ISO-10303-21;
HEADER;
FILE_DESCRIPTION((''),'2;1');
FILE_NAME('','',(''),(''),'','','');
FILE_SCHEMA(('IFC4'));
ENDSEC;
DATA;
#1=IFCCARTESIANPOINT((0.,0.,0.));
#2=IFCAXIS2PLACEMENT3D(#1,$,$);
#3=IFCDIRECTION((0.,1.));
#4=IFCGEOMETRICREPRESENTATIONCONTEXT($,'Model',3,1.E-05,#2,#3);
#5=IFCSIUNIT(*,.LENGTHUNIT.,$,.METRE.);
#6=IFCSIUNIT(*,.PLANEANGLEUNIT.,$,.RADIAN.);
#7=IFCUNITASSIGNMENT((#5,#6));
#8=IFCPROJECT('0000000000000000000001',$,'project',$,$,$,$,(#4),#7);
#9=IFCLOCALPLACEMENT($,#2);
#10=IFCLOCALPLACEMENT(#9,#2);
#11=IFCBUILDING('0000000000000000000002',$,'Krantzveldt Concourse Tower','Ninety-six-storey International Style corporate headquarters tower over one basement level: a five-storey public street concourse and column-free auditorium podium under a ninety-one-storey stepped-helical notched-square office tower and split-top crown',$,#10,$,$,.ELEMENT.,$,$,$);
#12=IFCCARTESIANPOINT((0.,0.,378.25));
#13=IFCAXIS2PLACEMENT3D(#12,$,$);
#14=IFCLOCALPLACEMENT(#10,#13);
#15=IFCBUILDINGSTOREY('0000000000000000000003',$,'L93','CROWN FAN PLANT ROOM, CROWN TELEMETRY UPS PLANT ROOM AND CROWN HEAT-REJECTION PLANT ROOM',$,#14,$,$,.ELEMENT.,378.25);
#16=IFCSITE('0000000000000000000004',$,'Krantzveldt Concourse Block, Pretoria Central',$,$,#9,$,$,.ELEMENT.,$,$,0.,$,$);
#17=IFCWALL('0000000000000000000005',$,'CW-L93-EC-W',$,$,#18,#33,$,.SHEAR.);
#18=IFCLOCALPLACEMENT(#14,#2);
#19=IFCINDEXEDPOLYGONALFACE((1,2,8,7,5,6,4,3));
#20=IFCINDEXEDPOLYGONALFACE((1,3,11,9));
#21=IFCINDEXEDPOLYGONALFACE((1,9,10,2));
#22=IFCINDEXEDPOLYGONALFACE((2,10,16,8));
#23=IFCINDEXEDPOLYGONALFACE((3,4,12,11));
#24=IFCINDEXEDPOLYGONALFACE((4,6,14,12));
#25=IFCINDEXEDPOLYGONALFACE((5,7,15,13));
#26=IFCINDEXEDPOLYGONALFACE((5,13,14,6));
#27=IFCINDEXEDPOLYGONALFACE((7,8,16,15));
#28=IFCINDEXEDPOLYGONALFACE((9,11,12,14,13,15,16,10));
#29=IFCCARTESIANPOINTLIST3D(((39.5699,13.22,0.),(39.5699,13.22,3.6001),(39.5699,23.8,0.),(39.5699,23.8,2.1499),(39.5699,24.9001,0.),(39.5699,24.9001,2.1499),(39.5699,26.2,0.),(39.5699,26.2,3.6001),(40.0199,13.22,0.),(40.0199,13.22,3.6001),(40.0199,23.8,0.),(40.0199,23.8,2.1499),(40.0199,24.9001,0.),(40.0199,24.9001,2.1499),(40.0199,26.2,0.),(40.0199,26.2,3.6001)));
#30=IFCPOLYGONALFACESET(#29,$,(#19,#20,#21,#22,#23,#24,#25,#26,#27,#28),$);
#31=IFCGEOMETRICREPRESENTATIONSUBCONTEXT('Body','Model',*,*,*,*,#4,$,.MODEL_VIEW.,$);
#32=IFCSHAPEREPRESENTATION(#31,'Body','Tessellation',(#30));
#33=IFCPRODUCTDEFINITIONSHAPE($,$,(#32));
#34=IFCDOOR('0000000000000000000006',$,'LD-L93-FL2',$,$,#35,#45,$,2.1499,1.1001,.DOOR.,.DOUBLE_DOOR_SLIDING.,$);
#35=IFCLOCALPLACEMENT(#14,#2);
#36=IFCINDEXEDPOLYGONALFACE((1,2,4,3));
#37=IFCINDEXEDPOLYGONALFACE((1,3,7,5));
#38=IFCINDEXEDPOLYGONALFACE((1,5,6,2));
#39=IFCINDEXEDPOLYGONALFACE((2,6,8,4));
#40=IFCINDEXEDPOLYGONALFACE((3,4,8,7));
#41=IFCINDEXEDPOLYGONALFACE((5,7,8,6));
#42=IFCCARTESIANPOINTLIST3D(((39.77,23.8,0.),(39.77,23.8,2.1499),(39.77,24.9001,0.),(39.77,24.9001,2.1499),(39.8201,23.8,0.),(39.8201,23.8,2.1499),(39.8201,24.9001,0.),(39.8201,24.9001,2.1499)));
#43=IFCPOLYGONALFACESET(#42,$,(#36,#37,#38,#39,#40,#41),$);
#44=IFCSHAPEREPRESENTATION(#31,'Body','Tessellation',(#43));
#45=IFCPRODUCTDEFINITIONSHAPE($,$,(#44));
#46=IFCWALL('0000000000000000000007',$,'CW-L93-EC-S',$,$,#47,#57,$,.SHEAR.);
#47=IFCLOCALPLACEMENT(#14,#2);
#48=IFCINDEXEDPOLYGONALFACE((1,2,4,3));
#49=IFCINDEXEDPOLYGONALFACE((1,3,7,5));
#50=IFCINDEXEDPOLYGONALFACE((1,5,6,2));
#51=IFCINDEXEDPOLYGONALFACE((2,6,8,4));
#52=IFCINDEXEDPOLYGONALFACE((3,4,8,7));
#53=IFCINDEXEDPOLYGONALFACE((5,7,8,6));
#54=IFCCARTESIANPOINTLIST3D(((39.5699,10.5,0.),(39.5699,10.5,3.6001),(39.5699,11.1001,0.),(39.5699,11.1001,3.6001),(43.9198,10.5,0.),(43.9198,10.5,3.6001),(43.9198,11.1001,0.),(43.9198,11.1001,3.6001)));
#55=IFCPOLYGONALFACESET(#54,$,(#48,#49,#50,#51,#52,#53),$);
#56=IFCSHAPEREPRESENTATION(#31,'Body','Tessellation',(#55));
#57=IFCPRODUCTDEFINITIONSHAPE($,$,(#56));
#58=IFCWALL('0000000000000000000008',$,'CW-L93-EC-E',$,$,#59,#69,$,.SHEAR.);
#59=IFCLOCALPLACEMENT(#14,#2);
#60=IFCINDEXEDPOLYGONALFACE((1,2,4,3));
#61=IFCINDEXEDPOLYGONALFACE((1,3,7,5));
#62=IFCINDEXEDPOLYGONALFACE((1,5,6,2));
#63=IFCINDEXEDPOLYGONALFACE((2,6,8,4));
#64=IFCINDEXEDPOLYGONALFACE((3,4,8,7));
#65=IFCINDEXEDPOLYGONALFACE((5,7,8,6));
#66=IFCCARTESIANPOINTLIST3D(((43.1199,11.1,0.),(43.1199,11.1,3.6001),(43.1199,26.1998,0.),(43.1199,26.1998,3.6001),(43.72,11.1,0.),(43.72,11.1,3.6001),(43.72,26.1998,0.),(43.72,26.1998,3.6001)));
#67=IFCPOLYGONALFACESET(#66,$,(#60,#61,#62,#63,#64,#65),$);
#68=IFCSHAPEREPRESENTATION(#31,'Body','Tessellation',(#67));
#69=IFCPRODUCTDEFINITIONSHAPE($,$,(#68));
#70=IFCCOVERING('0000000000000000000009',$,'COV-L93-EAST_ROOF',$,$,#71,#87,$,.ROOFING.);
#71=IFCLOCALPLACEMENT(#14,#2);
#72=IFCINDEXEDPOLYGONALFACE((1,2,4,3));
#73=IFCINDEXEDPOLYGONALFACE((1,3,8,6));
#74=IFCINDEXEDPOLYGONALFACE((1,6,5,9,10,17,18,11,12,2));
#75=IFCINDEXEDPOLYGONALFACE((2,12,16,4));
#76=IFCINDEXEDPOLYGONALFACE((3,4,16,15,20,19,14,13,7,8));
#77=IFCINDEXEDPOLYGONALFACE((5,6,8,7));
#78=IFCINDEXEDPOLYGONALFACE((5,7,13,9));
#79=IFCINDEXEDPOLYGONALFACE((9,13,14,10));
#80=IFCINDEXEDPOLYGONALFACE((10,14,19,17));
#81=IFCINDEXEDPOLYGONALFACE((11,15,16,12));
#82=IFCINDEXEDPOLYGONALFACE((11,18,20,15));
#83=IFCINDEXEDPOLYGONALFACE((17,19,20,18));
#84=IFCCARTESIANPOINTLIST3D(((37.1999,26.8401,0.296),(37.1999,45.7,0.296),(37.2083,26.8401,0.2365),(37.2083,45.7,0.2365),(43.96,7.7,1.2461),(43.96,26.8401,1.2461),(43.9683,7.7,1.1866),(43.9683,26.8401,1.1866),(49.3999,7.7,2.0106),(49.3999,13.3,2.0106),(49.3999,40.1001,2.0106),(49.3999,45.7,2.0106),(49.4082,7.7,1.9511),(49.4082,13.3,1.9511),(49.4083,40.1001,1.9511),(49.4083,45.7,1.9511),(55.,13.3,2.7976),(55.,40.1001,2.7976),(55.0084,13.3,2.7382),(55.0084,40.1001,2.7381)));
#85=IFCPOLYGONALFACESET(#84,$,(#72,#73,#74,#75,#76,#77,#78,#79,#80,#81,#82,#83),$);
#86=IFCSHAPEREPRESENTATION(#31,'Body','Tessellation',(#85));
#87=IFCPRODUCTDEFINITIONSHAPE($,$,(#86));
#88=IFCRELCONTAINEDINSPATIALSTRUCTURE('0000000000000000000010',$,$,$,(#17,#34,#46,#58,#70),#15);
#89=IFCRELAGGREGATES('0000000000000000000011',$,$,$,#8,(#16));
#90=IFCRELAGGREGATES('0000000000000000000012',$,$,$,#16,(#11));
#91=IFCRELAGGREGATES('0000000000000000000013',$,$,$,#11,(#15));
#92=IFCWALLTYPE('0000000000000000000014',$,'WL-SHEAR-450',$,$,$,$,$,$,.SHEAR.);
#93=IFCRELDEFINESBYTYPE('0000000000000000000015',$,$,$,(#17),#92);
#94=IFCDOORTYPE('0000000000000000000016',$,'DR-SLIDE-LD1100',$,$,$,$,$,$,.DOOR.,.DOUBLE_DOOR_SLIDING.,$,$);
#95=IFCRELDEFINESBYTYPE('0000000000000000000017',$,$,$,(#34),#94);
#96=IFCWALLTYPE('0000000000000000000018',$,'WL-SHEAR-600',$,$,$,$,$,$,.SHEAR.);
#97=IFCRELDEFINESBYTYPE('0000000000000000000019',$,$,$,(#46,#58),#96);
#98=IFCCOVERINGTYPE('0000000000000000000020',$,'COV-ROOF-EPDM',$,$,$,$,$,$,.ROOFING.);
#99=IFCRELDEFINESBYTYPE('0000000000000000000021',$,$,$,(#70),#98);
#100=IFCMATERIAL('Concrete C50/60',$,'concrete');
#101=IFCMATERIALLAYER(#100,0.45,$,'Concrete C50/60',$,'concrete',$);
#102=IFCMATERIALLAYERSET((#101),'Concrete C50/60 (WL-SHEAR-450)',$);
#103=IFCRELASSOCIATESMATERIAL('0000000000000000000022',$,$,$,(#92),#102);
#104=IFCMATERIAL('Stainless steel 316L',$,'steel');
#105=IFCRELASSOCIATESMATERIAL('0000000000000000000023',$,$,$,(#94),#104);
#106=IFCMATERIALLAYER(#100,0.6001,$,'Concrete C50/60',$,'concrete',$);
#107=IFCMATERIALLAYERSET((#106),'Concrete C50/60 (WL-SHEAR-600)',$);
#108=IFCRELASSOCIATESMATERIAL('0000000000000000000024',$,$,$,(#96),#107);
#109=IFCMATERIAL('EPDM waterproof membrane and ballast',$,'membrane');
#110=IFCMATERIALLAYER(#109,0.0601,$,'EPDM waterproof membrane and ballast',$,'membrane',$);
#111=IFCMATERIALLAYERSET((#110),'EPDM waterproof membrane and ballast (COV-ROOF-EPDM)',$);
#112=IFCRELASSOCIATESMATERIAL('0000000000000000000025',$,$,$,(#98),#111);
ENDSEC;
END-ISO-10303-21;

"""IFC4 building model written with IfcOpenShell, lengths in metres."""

from ifc_helpers import new_model, si_unit, direction, frame, frame_2d, origin, place, context, subcontext, project, spatial, polyline, rectangle, outline, extrude, material, layer, layer_set, type_object, element, fill, save


model = new_model("IFC4")

# Units and contexts
model_context = context("Model", 3, precision=1e-05, world=origin(), true_north=direction((0.0, 1.0)))
body_context = subcontext(model_context, "Body", "Model", "MODEL_VIEW")
ifc_project = project(units=[si_unit("LENGTHUNIT", "METRE"), si_unit("PLANEANGLEUNIT", "RADIAN")], contexts=[model_context])

# Site, building, storey
site_placement = place(None, origin())
site = spatial("IfcSite", under=ifc_project, at=site_placement, Name="Krantzveldt Concourse Block, Pretoria Central", CompositionType="ELEMENT", RefElevation=0.0)
building_placement = place(site_placement, origin())
building = spatial("IfcBuilding", under=site, at=building_placement, Name="Krantzveldt Concourse Tower", Description="Ninety-six-storey International Style corporate headquarters tower over one basement level: a five-storey public street concourse and column-free auditorium podium under a ninety-one-storey stepped-helical notched-square office tower and split-top crown", CompositionType="ELEMENT")
storey_placement = place(building_placement, frame((0.0, 0.0, 378.25)))
storey = spatial("IfcBuildingStorey", under=building, at=storey_placement, Name="L93", Description="CROWN FAN PLANT ROOM, CROWN TELEMETRY UPS PLANT ROOM AND CROWN HEAT-REJECTION PLANT ROOM", CompositionType="ELEMENT", Elevation=378.25)

# Shared definitions
ifc_material_1 = material(Name="Concrete C50/60", Category="concrete")

# Wall, opening, door
ifc_layer_1 = layer(ifc_material_1, 0.45, Name="Concrete C50/60", Category="concrete")
ifc_layer_set_1 = layer_set([ifc_layer_1], Name="Concrete C50/60 (WL-SHEAR-450)")
wall_type_1 = type_object("IfcWallType", Name="WL-SHEAR-450", PredefinedType="SHEAR", material=ifc_layer_set_1)
ifc_material_2 = material(Name="Stainless steel 316L", Category="steel")
door_type = type_object("IfcDoorType", Name="DR-SLIDE-LD1100", OperationType="DOUBLE_DOOR_SLIDING", PredefinedType="DOOR", material=ifc_material_2)
wall_1_placement = place(storey_placement, frame((39.7949, 13.22, 0.0), z_axis=(0.0, 0.0, 1.0), x_axis=(0.0, 1.0, 0.0)))
wall_1 = element("IfcWall", 1, at=wall_1_placement, inside=storey, type_object=wall_type_1, Name="CW-L93-EC-W", PredefinedType="SHEAR", context=body_context, shape_type="SweptSolid", body=[
    extrude(rectangle(XDim=12.98, YDim=0.45, at=frame_2d((6.49, 0.0))), origin(), (0.0, 0.0, 1.0), 3.6001),
])
opening_1_placement = place(wall_1_placement, frame((10.5801, 0.0, 0.0)))
opening_1 = element("IfcOpeningElement", 2, at=opening_1_placement, cuts=wall_1, PredefinedType="OPENING", context=body_context, shape_type="SweptSolid", body=[
    extrude(rectangle(XDim=1.1001, YDim=2.1499, at=frame_2d((0.55, 1.075))), frame((0.0, 0.2349, 0.0), z_axis=(0.0, -1.0, 0.0), x_axis=(1.0, 0.0, 0.0)), (0.0, 0.0, 1.0), 0.47),
])
door_1_placement = place(opening_1_placement, origin())
door_1 = element("IfcDoor", 3, at=door_1_placement, inside=storey, type_object=door_type, Name="LD-L93-FL2", OperationType="DOUBLE_DOOR_SLIDING", OverallHeight=2.1499, OverallWidth=1.1001, PredefinedType="DOOR", context=body_context, shape_type="SweptSolid", body=[
    extrude(rectangle(XDim=1.1001, YDim=2.1499, at=frame_2d((0.55, 1.075))), frame((0.0, 0.0249, 0.0), z_axis=(0.0, -1.0, 0.0), x_axis=(1.0, 0.0, 0.0)), (0.0, 0.0, 1.0), 0.05),
])
fill(opening_1, door_1)

# Walls
ifc_layer_2 = layer(ifc_material_1, 0.6001, Name="Concrete C50/60", Category="concrete")
ifc_layer_set_2 = layer_set([ifc_layer_2], Name="Concrete C50/60 (WL-SHEAR-600)")
wall_type_2 = type_object("IfcWallType", Name="WL-SHEAR-600", PredefinedType="SHEAR", material=ifc_layer_set_2)
wall_2_placement = place(storey_placement, frame((39.5701, 10.8, 0.0), z_axis=(0.0, 0.0, 1.0), x_axis=(1.0, 0.0, 0.0)))
element("IfcWall", 4, at=wall_2_placement, inside=storey, type_object=wall_type_2, Name="CW-L93-EC-S", PredefinedType="SHEAR", context=body_context, shape_type="SweptSolid", body=[
    extrude(rectangle(XDim=4.3499, YDim=0.6001, at=frame_2d((2.1748, 0.0))), origin(), (0.0, 0.0, 1.0), 3.6001),
])
wall_3_placement = place(storey_placement, frame((43.4199, 11.1001, 0.0), z_axis=(0.0, 0.0, 1.0), x_axis=(0.0, 1.0, 0.0)))
element("IfcWall", 5, at=wall_3_placement, inside=storey, type_object=wall_type_2, Name="CW-L93-EC-E", PredefinedType="SHEAR", context=body_context, shape_type="SweptSolid", body=[
    extrude(rectangle(XDim=15.0999, YDim=0.6001, at=frame_2d((7.5498, 0.0))), origin(), (0.0, 0.0, 1.0), 3.6001),
])

# Covering
ifc_material_3 = material(Name="EPDM waterproof membrane and ballast", Category="membrane")
ifc_layer_3 = layer(ifc_material_3, 0.0601, Name="EPDM waterproof membrane and ballast", Category="membrane")
ifc_layer_set_3 = layer_set([ifc_layer_3], Name="EPDM waterproof membrane and ballast (COV-ROOF-EPDM)")
covering_type = type_object("IfcCoveringType", Name="COV-ROOF-EPDM", PredefinedType="ROOFING", material=ifc_layer_set_3)
covering_placement = place(storey_placement, frame((43.96, 7.7, 1.2461), z_axis=(-0.139172, 0.000002, 0.990268), x_axis=(0.990268, 0.0, 0.139172)))
element("IfcCovering", 6, at=covering_placement, inside=storey, type_object=covering_type, Name="COV-L93-EAST_ROOF", PredefinedType="ROOFING", context=body_context, shape_type="SweptSolid", body=[
    extrude(outline(polyline([(0.0, 0.0), (5.4934, 0.0), (5.4934, 5.6001), (11.1485, 5.6001), (11.1485, 32.4001), (5.4934, 32.4001), (5.4934, 38.0), (-6.8265, 38.0), (-6.8265, 19.1401), (0.0, 19.1401), (0.0, 0.0)])), origin(), (0.0, 0.0, -1.0), 0.0601),
])

save(model, "model.ifc")
